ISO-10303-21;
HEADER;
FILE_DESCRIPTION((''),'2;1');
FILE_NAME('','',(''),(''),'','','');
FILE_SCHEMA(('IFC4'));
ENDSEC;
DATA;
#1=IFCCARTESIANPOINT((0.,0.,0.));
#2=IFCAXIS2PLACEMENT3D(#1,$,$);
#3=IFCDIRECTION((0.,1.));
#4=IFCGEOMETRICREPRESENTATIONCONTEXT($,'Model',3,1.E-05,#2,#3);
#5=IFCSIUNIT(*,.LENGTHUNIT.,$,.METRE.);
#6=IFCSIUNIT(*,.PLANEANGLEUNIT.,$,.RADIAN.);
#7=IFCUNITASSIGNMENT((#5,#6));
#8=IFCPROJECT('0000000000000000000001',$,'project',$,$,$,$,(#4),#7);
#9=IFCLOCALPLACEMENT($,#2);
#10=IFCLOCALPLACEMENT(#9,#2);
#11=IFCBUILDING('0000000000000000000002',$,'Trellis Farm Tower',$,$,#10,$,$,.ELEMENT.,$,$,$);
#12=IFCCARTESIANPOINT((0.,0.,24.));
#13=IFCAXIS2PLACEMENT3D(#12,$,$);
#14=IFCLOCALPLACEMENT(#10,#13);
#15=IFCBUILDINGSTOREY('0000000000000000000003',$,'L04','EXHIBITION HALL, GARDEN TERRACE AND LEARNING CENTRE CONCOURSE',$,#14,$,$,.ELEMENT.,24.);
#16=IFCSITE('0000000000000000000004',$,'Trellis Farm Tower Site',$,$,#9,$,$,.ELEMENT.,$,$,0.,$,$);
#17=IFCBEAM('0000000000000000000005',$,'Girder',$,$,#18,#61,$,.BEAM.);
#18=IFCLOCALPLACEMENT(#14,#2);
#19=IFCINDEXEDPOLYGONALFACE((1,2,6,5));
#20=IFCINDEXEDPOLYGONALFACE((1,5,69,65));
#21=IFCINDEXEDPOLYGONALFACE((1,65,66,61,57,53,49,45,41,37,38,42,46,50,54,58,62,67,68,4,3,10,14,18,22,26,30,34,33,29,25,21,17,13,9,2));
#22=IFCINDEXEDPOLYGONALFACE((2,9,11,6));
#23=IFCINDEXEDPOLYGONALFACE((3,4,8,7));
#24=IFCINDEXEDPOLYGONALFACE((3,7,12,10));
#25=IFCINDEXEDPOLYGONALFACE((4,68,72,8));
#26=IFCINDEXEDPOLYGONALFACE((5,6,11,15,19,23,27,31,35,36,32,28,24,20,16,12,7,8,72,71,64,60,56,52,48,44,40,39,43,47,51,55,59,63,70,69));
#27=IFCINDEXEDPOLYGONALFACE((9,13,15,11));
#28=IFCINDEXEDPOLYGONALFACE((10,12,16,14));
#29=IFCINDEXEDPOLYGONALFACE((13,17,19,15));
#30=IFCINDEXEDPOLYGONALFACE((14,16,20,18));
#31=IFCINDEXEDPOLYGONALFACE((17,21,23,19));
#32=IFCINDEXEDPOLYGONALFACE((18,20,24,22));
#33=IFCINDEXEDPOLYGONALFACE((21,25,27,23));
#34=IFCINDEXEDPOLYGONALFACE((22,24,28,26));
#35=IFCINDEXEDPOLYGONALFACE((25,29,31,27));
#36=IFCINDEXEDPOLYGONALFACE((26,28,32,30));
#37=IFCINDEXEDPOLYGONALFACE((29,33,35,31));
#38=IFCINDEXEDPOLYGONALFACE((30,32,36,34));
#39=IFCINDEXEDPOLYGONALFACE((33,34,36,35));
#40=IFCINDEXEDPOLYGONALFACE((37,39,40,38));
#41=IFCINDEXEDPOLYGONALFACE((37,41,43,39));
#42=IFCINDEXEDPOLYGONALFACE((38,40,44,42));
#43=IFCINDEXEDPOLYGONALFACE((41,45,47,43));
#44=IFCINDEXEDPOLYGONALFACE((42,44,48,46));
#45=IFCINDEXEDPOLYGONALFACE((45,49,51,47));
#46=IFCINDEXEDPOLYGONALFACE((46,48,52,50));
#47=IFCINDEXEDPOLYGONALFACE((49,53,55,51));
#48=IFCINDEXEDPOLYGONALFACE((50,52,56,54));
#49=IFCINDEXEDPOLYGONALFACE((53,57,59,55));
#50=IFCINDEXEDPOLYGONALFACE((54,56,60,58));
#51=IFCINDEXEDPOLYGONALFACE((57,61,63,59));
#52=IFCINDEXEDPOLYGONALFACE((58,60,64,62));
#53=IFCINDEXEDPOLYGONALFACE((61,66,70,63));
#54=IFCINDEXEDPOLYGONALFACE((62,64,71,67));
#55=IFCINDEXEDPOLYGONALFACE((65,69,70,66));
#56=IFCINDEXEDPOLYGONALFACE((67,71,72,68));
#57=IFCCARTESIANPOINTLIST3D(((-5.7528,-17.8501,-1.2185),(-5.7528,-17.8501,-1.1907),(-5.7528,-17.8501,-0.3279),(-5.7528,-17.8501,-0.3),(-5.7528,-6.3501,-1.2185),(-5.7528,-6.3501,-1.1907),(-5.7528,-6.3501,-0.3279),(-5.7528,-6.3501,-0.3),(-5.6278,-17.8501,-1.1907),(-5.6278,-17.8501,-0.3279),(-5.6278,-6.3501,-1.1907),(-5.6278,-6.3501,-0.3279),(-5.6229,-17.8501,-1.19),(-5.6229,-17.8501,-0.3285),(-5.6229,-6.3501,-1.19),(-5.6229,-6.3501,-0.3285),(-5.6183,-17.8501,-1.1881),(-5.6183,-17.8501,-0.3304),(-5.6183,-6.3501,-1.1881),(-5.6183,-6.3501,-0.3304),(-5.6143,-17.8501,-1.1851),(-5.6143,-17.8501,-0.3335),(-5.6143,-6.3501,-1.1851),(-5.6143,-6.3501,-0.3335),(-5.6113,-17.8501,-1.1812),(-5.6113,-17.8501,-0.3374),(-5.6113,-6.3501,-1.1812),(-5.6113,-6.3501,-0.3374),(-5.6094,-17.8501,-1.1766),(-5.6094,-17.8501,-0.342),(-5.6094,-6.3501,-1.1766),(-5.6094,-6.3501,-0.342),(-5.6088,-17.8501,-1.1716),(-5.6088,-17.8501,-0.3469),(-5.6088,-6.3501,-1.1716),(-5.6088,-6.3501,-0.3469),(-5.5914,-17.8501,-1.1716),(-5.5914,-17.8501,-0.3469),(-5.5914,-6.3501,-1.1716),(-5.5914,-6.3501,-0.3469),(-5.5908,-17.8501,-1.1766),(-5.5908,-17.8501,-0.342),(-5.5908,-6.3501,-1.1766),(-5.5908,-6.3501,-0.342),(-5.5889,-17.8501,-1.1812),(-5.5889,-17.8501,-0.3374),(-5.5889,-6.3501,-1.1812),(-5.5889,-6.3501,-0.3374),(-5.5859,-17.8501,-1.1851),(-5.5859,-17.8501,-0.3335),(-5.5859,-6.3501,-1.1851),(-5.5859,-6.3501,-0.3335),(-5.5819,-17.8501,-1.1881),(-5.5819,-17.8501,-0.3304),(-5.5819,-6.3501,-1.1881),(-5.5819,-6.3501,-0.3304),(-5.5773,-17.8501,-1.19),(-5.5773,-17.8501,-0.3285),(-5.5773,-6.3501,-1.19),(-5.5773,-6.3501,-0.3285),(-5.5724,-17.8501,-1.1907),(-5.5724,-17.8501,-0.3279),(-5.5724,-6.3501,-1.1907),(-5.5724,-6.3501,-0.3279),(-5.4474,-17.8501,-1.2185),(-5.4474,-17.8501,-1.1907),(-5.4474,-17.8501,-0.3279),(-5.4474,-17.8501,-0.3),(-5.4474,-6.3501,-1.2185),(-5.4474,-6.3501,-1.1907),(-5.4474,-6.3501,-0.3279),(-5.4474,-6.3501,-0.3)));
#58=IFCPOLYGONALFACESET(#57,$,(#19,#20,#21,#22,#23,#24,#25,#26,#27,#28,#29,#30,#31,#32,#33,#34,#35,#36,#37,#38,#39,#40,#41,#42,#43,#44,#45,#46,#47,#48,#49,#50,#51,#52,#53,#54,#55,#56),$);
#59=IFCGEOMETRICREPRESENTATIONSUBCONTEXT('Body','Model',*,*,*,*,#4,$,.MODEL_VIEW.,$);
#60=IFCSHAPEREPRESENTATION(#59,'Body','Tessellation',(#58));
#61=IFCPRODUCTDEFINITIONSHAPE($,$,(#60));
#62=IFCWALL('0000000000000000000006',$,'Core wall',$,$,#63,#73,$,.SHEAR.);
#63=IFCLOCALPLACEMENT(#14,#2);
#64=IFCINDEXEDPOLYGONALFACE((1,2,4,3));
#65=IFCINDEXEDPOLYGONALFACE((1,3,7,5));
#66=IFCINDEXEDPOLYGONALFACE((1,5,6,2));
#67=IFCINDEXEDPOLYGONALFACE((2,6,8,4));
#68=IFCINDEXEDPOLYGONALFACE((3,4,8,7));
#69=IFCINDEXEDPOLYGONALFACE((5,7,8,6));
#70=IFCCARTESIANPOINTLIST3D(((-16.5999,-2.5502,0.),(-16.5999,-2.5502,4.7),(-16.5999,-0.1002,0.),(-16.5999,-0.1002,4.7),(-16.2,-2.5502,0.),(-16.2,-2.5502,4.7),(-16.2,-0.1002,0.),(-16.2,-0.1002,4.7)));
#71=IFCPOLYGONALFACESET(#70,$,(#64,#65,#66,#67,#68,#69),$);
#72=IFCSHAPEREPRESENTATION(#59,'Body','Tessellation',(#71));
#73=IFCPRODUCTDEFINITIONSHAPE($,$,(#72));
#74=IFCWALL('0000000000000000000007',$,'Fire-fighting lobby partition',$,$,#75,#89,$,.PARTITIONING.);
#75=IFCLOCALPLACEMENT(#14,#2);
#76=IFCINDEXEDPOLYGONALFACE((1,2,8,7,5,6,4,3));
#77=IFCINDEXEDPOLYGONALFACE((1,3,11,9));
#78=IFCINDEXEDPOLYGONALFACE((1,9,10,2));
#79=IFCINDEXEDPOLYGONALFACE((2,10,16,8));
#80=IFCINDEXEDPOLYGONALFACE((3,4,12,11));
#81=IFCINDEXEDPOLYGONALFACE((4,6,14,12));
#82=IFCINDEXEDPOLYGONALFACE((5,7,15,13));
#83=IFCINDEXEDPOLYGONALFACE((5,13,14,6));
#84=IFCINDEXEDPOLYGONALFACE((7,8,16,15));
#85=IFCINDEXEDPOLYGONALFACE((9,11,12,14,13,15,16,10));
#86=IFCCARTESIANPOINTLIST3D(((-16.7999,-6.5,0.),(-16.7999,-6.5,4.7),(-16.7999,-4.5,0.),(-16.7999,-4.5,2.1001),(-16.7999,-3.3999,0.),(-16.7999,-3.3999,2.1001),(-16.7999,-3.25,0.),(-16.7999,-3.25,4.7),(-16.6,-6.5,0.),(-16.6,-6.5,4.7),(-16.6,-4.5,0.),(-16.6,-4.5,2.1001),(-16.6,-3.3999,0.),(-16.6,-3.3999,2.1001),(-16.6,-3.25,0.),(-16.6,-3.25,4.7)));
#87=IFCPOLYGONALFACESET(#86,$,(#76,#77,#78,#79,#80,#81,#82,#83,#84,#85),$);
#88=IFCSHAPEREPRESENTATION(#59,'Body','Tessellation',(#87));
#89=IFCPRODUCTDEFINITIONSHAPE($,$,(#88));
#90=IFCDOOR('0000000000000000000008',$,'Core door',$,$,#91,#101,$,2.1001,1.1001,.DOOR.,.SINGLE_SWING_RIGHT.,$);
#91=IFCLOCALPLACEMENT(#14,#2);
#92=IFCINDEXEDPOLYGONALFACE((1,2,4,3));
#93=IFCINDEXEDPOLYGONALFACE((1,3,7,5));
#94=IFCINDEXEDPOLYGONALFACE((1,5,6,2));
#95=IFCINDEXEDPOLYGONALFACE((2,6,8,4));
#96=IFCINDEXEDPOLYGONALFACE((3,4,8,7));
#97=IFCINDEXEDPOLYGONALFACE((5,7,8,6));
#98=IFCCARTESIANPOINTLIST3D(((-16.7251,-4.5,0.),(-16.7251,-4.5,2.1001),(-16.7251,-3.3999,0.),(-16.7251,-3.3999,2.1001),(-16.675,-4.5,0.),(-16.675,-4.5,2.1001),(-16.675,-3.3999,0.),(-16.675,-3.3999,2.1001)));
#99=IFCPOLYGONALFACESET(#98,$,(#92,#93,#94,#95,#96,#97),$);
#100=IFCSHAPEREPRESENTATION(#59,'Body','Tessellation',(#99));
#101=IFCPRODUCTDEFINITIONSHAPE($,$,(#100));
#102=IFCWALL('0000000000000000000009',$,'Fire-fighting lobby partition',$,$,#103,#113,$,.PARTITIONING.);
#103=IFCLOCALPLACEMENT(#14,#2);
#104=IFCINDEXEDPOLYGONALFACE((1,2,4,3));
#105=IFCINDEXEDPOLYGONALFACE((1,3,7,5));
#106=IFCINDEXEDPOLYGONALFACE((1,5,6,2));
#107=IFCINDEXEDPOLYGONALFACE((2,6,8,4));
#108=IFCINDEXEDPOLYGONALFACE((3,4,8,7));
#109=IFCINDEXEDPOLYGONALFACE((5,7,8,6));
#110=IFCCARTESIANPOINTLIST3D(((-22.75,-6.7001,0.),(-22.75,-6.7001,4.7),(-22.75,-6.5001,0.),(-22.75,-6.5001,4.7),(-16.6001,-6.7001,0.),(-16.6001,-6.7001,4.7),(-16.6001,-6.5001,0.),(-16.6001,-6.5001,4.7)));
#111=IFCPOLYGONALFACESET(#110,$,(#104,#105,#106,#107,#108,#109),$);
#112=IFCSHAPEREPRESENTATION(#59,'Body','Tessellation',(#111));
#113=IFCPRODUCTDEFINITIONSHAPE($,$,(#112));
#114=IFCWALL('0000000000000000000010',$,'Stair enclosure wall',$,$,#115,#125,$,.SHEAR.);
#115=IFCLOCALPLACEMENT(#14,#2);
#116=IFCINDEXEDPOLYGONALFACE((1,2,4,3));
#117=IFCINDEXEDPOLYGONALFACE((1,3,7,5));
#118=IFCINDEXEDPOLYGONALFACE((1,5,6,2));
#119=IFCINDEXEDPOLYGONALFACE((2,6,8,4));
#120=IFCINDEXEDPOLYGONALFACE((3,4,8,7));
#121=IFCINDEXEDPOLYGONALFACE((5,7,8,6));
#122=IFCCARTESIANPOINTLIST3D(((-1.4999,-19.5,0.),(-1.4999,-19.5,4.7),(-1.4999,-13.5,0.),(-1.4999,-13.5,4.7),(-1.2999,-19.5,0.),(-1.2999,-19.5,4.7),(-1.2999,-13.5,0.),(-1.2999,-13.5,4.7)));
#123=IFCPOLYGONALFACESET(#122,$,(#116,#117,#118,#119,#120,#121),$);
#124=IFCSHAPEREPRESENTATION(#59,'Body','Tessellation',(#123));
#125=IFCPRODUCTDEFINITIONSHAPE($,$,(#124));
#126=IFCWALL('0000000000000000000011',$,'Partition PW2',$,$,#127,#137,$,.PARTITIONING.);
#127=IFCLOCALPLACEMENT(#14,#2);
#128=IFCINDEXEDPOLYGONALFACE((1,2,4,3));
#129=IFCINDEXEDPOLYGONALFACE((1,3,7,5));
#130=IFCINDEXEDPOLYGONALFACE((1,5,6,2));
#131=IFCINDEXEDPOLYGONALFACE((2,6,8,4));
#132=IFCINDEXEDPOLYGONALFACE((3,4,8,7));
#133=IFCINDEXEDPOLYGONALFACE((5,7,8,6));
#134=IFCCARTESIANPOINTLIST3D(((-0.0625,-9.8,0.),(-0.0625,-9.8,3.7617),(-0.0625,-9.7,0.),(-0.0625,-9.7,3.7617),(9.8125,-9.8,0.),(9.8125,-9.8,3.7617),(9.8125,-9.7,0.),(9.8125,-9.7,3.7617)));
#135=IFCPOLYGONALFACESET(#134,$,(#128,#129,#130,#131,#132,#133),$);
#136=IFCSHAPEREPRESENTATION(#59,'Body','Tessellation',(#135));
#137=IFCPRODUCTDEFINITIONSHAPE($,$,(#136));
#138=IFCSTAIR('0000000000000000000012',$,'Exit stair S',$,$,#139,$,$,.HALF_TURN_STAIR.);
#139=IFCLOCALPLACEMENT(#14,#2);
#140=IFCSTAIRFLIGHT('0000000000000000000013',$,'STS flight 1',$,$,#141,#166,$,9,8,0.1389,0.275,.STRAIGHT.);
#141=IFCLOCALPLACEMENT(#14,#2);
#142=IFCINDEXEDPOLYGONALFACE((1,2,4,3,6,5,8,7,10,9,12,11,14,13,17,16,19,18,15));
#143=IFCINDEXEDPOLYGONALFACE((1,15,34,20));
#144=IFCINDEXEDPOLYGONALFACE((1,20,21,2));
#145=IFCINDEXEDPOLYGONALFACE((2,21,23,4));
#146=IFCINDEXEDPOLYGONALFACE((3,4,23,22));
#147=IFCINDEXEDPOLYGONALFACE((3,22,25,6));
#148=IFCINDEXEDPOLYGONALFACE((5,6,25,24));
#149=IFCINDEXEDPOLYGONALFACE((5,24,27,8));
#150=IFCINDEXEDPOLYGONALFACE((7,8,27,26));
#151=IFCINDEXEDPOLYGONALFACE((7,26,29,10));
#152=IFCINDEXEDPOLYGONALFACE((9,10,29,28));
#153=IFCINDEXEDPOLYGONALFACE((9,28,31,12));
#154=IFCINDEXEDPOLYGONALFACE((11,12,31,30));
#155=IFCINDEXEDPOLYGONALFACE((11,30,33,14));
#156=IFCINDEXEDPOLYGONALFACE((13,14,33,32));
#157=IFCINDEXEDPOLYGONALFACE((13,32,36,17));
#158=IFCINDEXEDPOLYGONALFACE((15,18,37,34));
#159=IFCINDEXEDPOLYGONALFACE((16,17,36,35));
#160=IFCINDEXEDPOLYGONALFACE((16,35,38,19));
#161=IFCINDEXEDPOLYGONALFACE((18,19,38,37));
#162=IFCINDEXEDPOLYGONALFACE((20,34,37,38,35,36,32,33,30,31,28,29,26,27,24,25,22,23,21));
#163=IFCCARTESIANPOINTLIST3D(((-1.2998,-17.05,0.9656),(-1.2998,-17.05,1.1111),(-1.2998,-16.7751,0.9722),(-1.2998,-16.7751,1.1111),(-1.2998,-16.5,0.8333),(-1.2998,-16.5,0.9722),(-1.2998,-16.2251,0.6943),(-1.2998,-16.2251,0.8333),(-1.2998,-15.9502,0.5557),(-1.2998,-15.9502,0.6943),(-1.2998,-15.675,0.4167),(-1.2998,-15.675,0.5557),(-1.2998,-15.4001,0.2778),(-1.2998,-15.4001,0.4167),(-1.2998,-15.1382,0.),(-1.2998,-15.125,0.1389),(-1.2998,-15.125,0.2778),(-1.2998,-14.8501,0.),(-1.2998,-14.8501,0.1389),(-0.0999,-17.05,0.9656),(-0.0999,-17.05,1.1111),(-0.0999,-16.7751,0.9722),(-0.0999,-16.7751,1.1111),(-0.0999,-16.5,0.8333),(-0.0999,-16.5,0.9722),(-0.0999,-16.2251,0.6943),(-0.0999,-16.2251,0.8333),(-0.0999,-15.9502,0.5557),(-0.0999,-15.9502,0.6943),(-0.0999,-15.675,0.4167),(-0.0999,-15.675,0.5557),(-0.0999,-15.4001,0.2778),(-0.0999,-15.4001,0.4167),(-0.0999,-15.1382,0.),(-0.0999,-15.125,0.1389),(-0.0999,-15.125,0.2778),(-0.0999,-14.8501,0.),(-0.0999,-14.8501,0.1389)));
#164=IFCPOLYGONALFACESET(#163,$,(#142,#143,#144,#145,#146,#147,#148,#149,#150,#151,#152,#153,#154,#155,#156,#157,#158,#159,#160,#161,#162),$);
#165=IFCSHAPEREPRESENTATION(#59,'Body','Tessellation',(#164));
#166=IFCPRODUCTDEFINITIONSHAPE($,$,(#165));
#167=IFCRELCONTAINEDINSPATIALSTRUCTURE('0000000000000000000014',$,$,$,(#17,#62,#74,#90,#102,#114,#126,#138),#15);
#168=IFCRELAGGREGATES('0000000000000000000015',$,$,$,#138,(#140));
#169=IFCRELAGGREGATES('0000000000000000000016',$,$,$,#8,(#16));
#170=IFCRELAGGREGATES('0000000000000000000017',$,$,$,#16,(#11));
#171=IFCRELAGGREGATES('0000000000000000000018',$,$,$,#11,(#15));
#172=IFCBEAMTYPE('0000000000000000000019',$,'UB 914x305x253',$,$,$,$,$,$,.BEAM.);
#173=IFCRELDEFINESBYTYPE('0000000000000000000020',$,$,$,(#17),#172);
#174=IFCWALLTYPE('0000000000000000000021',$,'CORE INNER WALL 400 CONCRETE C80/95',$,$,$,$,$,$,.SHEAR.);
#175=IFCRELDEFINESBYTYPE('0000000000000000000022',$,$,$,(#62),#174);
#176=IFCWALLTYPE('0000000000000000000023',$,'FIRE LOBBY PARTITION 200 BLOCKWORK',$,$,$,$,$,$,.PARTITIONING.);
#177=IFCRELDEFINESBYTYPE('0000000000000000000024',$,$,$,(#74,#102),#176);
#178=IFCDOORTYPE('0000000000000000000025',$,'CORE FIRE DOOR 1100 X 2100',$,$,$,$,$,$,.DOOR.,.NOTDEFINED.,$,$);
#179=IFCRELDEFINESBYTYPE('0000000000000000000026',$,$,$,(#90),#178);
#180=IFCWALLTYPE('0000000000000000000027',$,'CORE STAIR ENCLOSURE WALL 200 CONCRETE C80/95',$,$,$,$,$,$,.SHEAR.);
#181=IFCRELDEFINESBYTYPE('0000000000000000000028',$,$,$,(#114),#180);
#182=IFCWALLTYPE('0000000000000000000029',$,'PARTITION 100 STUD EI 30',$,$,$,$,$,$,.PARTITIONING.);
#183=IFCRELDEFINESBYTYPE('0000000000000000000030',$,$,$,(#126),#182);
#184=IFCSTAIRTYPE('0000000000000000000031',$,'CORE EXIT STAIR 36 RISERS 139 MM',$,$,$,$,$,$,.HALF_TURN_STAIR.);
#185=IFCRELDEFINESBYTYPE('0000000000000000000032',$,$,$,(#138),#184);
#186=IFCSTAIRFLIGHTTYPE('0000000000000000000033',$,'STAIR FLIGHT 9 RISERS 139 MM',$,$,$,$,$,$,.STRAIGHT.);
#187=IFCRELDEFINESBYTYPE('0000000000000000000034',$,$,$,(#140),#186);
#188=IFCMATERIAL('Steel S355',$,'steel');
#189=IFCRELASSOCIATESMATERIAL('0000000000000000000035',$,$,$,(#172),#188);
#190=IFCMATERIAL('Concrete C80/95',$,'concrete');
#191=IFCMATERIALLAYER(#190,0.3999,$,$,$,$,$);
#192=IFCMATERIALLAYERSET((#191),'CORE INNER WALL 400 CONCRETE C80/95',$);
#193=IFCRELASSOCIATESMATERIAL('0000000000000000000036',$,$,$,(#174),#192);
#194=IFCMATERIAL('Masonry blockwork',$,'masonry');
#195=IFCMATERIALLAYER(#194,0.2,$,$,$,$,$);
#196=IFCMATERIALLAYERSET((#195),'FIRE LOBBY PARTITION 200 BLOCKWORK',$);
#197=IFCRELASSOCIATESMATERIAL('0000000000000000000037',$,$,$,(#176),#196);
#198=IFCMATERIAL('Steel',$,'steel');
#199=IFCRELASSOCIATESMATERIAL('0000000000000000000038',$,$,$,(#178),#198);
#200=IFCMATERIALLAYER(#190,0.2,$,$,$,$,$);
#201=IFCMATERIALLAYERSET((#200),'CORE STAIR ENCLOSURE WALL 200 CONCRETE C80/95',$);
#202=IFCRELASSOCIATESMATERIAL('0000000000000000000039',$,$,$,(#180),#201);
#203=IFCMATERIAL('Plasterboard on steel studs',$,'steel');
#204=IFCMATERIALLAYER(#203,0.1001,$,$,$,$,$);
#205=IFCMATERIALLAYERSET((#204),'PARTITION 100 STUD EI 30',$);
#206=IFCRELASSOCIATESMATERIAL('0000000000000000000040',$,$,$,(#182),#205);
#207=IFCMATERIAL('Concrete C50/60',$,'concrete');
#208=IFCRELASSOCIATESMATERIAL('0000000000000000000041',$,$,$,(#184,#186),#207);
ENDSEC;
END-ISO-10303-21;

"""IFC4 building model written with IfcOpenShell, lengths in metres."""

from ifc_helpers import new_model, si_unit, direction, frame, frame_2d, origin, origin_2d, place, context, subcontext, project, spatial, polyline, rectangle, i_section, outline, extrude, source, transform, mapped, material, layer, layer_set, material_profile, profile_set, type_object, element, fill, aggregate, save


model = new_model("IFC4")

# Units and contexts
model_context = context("Model", 3, precision=1e-05, world=origin(), true_north=direction((0.0, 1.0)))
body_context = subcontext(model_context, "Body", "Model", "MODEL_VIEW")
ifc_project = project(units=[si_unit("LENGTHUNIT", "METRE"), si_unit("PLANEANGLEUNIT", "RADIAN")], contexts=[model_context])

# Site, building, storey
site_placement = place(None, origin())
site = spatial("IfcSite", under=ifc_project, at=site_placement, Name="Trellis Farm Tower Site", CompositionType="ELEMENT", RefElevation=0.0)
building_placement = place(site_placement, origin())
building = spatial("IfcBuilding", under=site, at=building_placement, Name="Trellis Farm Tower", CompositionType="ELEMENT")
storey_placement = place(building_placement, frame((0.0, 0.0, 24.0)))
storey = spatial("IfcBuildingStorey", under=building, at=storey_placement, Name="L04", Description="EXHIBITION HALL, GARDEN TERRACE AND LEARNING CENTRE CONCOURSE", CompositionType="ELEMENT", Elevation=24.0)

# Shared definitions
ifc_material_1 = material(Name="Concrete C80/95", Category="concrete")

# Beam
ifc_material_2 = material(Name="Steel S355", Category="steel")
ifc_material_profile_1 = material_profile(ifc_material_2, i_section(OverallWidth=0.3054, OverallDepth=0.9185, WebThickness=0.0173, FlangeThickness=0.0278, FilletRadius=0.019, at=origin_2d()), Name="UB 914x305x253")
ifc_profile_set_1 = profile_set([ifc_material_profile_1], Name="Steel S355")
beam_type_1 = type_object("IfcBeamType", Name="UB 914x305x253", PredefinedType="BEAM", material=ifc_profile_set_1)
shared_shape_1 = source(origin(), body_context, "Body", "SweptSolid", [
    extrude(i_section(OverallWidth=0.3054, OverallDepth=0.9185, WebThickness=0.0173, FlangeThickness=0.0278, FilletRadius=0.019, at=origin_2d()), origin(), (0.0, 0.0, 1.0), 11.5),
])
for number, where, z_axis, x_axis, name in (
    (1, (-5.6001, -17.8501, -0.7593), (0.0, 1.0, 0.0), (-1.0, 0.0, 0.0), "Girder"),
):
    element("IfcBeam", number, at=place(storey_placement, frame(where, z_axis=z_axis, x_axis=x_axis)), inside=storey, type_object=beam_type_1, Name=name, PredefinedType="BEAM", context=body_context, shape_type="MappedRepresentation", body=[
        mapped(shared_shape_1, transform((0.0, 0.0, 0.0))),
    ])

# Wall
ifc_layer_1 = layer(ifc_material_1, 0.3999)
ifc_layer_set_1 = layer_set([ifc_layer_1], Name="CORE INNER WALL 400 CONCRETE C80/95")
wall_type_1 = type_object("IfcWallType", Name="CORE INNER WALL 400 CONCRETE C80/95", PredefinedType="SHEAR", material=ifc_layer_set_1)
shared_shape_2 = source(origin(), body_context, "Body", "SweptSolid", [
    extrude(rectangle(XDim=2.45, YDim=0.3999, at=frame_2d((1.2251, 0.0))), origin(), (0.0, 0.0, 1.0), 4.7),
])
wall_1_placement = place(storey_placement, frame((-16.3999, -0.1001, 0.0), z_axis=(0.0, 0.0, 1.0), x_axis=(0.0, -1.0, 0.0)))
element("IfcWall", 2, at=wall_1_placement, inside=storey, type_object=wall_type_1, Name="Core wall", PredefinedType="SHEAR", context=body_context, shape_type="MappedRepresentation", body=[
    mapped(shared_shape_2, transform((0.0, 0.0, 0.0))),
])

# Wall, opening, door
ifc_material_3 = material(Name="Masonry blockwork", Category="masonry")
ifc_layer_2 = layer(ifc_material_3, 0.2)
ifc_layer_set_2 = layer_set([ifc_layer_2], Name="FIRE LOBBY PARTITION 200 BLOCKWORK")
wall_type_2 = type_object("IfcWallType", Name="FIRE LOBBY PARTITION 200 BLOCKWORK", PredefinedType="PARTITIONING", material=ifc_layer_set_2)
shared_shape_3 = source(origin(), body_context, "Body", "SweptSolid", [
    extrude(rectangle(XDim=3.25, YDim=0.2, at=frame_2d((1.625, 0.0))), origin(), (0.0, 0.0, 1.0), 4.7),
])
wall_2_placement = place(storey_placement, frame((-16.7, -3.25, 0.0), z_axis=(0.0, 0.0, 1.0), x_axis=(0.0, -1.0, 0.0)))
wall_2 = element("IfcWall", 3, at=wall_2_placement, inside=storey, type_object=wall_type_2, Name="Fire-fighting lobby partition", PredefinedType="PARTITIONING", context=body_context, shape_type="MappedRepresentation", body=[
    mapped(shared_shape_3, transform((0.0, 0.0, 0.0))),
])
shared_shape_4 = source(origin(), body_context, "Body", "SweptSolid", [
    extrude(rectangle(XDim=1.1001, YDim=2.1001, at=frame_2d((0.55, 1.05))), frame((0.0, 0.1101, 0.0), z_axis=(0.0, -1.0, 0.0), x_axis=(1.0, 0.0, 0.0)), (0.0, 0.0, 1.0), 0.2202),
])
opening_1_placement = place(wall_2_placement, frame((0.1499, 0.0, 0.0)))
opening_1 = element("IfcOpeningElement", 4, at=opening_1_placement, cuts=wall_2, PredefinedType="OPENING", context=body_context, shape_type="MappedRepresentation", body=[
    mapped(shared_shape_4, transform((0.0, 0.0, 0.0))),
])
ifc_material_4 = material(Name="Steel", Category="steel")
door_type_1 = type_object("IfcDoorType", Name="CORE FIRE DOOR 1100 X 2100", OperationType="NOTDEFINED", PredefinedType="DOOR", material=ifc_material_4)
shared_shape_5 = source(origin(), body_context, "Body", "SweptSolid", [
    extrude(rectangle(XDim=1.1001, YDim=2.1001, at=frame_2d((0.55, 1.05))), frame((0.0, 0.0249, 0.0), z_axis=(0.0, -1.0, 0.0), x_axis=(1.0, 0.0, 0.0)), (0.0, 0.0, 1.0), 0.05),
])
door_1_placement = place(opening_1_placement, origin())
door_1 = element("IfcDoor", 5, at=door_1_placement, inside=storey, type_object=door_type_1, Name="Core door", OperationType="SINGLE_SWING_RIGHT", OverallHeight=2.1001, OverallWidth=1.1001, PredefinedType="DOOR", context=body_context, shape_type="MappedRepresentation", body=[
    mapped(shared_shape_5, transform((0.0, 0.0, 0.0))),
])
fill(opening_1, door_1)

# Walls
shared_shape_6 = source(origin(), body_context, "Body", "SweptSolid", [
    extrude(rectangle(XDim=6.1499, YDim=0.2, at=frame_2d((3.075, 0.0))), origin(), (0.0, 0.0, 1.0), 4.7),
])
wall_3_placement = place(storey_placement, frame((-16.6001, -6.6001, 0.0), z_axis=(0.0, 0.0, 1.0), x_axis=(-1.0, 0.0, 0.0)))
element("IfcWall", 6, at=wall_3_placement, inside=storey, type_object=wall_type_2, Name="Fire-fighting lobby partition", PredefinedType="PARTITIONING", context=body_context, shape_type="MappedRepresentation", body=[
    mapped(shared_shape_6, transform((0.0, 0.0, 0.0))),
])
ifc_layer_3 = layer(ifc_material_1, 0.2)
ifc_layer_set_3 = layer_set([ifc_layer_3], Name="CORE STAIR ENCLOSURE WALL 200 CONCRETE C80/95")
wall_type_3 = type_object("IfcWallType", Name="CORE STAIR ENCLOSURE WALL 200 CONCRETE C80/95", PredefinedType="SHEAR", material=ifc_layer_set_3)
shared_shape_7 = source(origin(), body_context, "Body", "SweptSolid", [
    extrude(rectangle(XDim=6.0, YDim=0.2, at=frame_2d((3.0, 0.0))), origin(), (0.0, 0.0, 1.0), 4.7),
])
wall_4_placement = place(storey_placement, frame((-1.3999, -13.5, 0.0), z_axis=(0.0, 0.0, 1.0), x_axis=(0.0, -1.0, 0.0)))
element("IfcWall", 7, at=wall_4_placement, inside=storey, type_object=wall_type_3, Name="Stair enclosure wall", PredefinedType="SHEAR", context=body_context, shape_type="MappedRepresentation", body=[
    mapped(shared_shape_7, transform((0.0, 0.0, 0.0))),
])
ifc_material_5 = material(Name="Plasterboard on steel studs", Category="steel")
ifc_layer_4 = layer(ifc_material_5, 0.1001)
ifc_layer_set_4 = layer_set([ifc_layer_4], Name="PARTITION 100 STUD EI 30")
wall_type_4 = type_object("IfcWallType", Name="PARTITION 100 STUD EI 30", PredefinedType="PARTITIONING", material=ifc_layer_set_4)
shared_shape_8 = source(origin(), body_context, "Body", "SweptSolid", [
    extrude(rectangle(XDim=9.875, YDim=0.1001, at=frame_2d((4.9375, 0.0))), origin(), (0.0, 0.0, 1.0), 3.7617),
])
wall_5_placement = place(storey_placement, frame((-0.0625, -9.75, 0.0), z_axis=(0.0, 0.0, 1.0), x_axis=(1.0, 0.0, 0.0)))
element("IfcWall", 8, at=wall_5_placement, inside=storey, type_object=wall_type_4, Name="Partition PW2", PredefinedType="PARTITIONING", context=body_context, shape_type="MappedRepresentation", body=[
    mapped(shared_shape_8, transform((0.0, 0.0, 0.0))),
])

# Stair, stair flight
ifc_material_6 = material(Name="Concrete C50/60", Category="concrete")
stair_type = type_object("IfcStairType", Name="CORE EXIT STAIR 36 RISERS 139 MM", PredefinedType="HALF_TURN_STAIR", material=ifc_material_6)
stair_placement = place(storey_placement, origin())
stair = element("IfcStair", 9, at=stair_placement, inside=storey, type_object=stair_type, Name="Exit stair S", PredefinedType="HALF_TURN_STAIR")
stair_flight_type = type_object("IfcStairFlightType", Name="STAIR FLIGHT 9 RISERS 139 MM", PredefinedType="STRAIGHT", material=ifc_material_6)
shared_shape_9 = source(origin(), body_context, "Body", "SweptSolid", [
    extrude(outline(polyline([(0.0, 0.0), (0.0, 0.1389), (0.2749, 0.1389), (0.2749, 0.2778), (0.55, 0.2778), (0.55, 0.4167), (0.825, 0.4167), (0.825, 0.5557), (1.1001, 0.5557), (1.1001, 0.6943), (1.375, 0.6943), (1.375, 0.8333), (1.6499, 0.8333), (1.6499, 0.9722), (1.925, 0.9722), (1.925, 1.1111), (2.2, 1.1111), (2.2, 1.25), (2.2, 0.9656), (0.2881, 0.0), (0.0, 0.0)])), frame((0.0, 0.6001, 0.0), z_axis=(0.0, -1.0, 0.0), x_axis=(1.0, 0.0, 0.0)), (0.0, 0.0, 1.0), 1.2),
])
stair_flight_1_placement = place(storey_placement, frame((-0.7, -14.8501, 0.0), z_axis=(0.0, 0.0, 1.0), x_axis=(0.0, -1.0, 0.0)))
stair_flight_1 = element("IfcStairFlight", 10, at=stair_flight_1_placement, type_object=stair_flight_type, Name="STS flight 1", NumberOfRisers=9, NumberOfTreads=8, PredefinedType="STRAIGHT", RiserHeight=0.1389, TreadLength=0.275, context=body_context, shape_type="MappedRepresentation", body=[
    mapped(shared_shape_9, transform((0.0, 0.0, 0.0))),
])
aggregate(stair, [stair_flight_1])

save(model, "model.ifc")
